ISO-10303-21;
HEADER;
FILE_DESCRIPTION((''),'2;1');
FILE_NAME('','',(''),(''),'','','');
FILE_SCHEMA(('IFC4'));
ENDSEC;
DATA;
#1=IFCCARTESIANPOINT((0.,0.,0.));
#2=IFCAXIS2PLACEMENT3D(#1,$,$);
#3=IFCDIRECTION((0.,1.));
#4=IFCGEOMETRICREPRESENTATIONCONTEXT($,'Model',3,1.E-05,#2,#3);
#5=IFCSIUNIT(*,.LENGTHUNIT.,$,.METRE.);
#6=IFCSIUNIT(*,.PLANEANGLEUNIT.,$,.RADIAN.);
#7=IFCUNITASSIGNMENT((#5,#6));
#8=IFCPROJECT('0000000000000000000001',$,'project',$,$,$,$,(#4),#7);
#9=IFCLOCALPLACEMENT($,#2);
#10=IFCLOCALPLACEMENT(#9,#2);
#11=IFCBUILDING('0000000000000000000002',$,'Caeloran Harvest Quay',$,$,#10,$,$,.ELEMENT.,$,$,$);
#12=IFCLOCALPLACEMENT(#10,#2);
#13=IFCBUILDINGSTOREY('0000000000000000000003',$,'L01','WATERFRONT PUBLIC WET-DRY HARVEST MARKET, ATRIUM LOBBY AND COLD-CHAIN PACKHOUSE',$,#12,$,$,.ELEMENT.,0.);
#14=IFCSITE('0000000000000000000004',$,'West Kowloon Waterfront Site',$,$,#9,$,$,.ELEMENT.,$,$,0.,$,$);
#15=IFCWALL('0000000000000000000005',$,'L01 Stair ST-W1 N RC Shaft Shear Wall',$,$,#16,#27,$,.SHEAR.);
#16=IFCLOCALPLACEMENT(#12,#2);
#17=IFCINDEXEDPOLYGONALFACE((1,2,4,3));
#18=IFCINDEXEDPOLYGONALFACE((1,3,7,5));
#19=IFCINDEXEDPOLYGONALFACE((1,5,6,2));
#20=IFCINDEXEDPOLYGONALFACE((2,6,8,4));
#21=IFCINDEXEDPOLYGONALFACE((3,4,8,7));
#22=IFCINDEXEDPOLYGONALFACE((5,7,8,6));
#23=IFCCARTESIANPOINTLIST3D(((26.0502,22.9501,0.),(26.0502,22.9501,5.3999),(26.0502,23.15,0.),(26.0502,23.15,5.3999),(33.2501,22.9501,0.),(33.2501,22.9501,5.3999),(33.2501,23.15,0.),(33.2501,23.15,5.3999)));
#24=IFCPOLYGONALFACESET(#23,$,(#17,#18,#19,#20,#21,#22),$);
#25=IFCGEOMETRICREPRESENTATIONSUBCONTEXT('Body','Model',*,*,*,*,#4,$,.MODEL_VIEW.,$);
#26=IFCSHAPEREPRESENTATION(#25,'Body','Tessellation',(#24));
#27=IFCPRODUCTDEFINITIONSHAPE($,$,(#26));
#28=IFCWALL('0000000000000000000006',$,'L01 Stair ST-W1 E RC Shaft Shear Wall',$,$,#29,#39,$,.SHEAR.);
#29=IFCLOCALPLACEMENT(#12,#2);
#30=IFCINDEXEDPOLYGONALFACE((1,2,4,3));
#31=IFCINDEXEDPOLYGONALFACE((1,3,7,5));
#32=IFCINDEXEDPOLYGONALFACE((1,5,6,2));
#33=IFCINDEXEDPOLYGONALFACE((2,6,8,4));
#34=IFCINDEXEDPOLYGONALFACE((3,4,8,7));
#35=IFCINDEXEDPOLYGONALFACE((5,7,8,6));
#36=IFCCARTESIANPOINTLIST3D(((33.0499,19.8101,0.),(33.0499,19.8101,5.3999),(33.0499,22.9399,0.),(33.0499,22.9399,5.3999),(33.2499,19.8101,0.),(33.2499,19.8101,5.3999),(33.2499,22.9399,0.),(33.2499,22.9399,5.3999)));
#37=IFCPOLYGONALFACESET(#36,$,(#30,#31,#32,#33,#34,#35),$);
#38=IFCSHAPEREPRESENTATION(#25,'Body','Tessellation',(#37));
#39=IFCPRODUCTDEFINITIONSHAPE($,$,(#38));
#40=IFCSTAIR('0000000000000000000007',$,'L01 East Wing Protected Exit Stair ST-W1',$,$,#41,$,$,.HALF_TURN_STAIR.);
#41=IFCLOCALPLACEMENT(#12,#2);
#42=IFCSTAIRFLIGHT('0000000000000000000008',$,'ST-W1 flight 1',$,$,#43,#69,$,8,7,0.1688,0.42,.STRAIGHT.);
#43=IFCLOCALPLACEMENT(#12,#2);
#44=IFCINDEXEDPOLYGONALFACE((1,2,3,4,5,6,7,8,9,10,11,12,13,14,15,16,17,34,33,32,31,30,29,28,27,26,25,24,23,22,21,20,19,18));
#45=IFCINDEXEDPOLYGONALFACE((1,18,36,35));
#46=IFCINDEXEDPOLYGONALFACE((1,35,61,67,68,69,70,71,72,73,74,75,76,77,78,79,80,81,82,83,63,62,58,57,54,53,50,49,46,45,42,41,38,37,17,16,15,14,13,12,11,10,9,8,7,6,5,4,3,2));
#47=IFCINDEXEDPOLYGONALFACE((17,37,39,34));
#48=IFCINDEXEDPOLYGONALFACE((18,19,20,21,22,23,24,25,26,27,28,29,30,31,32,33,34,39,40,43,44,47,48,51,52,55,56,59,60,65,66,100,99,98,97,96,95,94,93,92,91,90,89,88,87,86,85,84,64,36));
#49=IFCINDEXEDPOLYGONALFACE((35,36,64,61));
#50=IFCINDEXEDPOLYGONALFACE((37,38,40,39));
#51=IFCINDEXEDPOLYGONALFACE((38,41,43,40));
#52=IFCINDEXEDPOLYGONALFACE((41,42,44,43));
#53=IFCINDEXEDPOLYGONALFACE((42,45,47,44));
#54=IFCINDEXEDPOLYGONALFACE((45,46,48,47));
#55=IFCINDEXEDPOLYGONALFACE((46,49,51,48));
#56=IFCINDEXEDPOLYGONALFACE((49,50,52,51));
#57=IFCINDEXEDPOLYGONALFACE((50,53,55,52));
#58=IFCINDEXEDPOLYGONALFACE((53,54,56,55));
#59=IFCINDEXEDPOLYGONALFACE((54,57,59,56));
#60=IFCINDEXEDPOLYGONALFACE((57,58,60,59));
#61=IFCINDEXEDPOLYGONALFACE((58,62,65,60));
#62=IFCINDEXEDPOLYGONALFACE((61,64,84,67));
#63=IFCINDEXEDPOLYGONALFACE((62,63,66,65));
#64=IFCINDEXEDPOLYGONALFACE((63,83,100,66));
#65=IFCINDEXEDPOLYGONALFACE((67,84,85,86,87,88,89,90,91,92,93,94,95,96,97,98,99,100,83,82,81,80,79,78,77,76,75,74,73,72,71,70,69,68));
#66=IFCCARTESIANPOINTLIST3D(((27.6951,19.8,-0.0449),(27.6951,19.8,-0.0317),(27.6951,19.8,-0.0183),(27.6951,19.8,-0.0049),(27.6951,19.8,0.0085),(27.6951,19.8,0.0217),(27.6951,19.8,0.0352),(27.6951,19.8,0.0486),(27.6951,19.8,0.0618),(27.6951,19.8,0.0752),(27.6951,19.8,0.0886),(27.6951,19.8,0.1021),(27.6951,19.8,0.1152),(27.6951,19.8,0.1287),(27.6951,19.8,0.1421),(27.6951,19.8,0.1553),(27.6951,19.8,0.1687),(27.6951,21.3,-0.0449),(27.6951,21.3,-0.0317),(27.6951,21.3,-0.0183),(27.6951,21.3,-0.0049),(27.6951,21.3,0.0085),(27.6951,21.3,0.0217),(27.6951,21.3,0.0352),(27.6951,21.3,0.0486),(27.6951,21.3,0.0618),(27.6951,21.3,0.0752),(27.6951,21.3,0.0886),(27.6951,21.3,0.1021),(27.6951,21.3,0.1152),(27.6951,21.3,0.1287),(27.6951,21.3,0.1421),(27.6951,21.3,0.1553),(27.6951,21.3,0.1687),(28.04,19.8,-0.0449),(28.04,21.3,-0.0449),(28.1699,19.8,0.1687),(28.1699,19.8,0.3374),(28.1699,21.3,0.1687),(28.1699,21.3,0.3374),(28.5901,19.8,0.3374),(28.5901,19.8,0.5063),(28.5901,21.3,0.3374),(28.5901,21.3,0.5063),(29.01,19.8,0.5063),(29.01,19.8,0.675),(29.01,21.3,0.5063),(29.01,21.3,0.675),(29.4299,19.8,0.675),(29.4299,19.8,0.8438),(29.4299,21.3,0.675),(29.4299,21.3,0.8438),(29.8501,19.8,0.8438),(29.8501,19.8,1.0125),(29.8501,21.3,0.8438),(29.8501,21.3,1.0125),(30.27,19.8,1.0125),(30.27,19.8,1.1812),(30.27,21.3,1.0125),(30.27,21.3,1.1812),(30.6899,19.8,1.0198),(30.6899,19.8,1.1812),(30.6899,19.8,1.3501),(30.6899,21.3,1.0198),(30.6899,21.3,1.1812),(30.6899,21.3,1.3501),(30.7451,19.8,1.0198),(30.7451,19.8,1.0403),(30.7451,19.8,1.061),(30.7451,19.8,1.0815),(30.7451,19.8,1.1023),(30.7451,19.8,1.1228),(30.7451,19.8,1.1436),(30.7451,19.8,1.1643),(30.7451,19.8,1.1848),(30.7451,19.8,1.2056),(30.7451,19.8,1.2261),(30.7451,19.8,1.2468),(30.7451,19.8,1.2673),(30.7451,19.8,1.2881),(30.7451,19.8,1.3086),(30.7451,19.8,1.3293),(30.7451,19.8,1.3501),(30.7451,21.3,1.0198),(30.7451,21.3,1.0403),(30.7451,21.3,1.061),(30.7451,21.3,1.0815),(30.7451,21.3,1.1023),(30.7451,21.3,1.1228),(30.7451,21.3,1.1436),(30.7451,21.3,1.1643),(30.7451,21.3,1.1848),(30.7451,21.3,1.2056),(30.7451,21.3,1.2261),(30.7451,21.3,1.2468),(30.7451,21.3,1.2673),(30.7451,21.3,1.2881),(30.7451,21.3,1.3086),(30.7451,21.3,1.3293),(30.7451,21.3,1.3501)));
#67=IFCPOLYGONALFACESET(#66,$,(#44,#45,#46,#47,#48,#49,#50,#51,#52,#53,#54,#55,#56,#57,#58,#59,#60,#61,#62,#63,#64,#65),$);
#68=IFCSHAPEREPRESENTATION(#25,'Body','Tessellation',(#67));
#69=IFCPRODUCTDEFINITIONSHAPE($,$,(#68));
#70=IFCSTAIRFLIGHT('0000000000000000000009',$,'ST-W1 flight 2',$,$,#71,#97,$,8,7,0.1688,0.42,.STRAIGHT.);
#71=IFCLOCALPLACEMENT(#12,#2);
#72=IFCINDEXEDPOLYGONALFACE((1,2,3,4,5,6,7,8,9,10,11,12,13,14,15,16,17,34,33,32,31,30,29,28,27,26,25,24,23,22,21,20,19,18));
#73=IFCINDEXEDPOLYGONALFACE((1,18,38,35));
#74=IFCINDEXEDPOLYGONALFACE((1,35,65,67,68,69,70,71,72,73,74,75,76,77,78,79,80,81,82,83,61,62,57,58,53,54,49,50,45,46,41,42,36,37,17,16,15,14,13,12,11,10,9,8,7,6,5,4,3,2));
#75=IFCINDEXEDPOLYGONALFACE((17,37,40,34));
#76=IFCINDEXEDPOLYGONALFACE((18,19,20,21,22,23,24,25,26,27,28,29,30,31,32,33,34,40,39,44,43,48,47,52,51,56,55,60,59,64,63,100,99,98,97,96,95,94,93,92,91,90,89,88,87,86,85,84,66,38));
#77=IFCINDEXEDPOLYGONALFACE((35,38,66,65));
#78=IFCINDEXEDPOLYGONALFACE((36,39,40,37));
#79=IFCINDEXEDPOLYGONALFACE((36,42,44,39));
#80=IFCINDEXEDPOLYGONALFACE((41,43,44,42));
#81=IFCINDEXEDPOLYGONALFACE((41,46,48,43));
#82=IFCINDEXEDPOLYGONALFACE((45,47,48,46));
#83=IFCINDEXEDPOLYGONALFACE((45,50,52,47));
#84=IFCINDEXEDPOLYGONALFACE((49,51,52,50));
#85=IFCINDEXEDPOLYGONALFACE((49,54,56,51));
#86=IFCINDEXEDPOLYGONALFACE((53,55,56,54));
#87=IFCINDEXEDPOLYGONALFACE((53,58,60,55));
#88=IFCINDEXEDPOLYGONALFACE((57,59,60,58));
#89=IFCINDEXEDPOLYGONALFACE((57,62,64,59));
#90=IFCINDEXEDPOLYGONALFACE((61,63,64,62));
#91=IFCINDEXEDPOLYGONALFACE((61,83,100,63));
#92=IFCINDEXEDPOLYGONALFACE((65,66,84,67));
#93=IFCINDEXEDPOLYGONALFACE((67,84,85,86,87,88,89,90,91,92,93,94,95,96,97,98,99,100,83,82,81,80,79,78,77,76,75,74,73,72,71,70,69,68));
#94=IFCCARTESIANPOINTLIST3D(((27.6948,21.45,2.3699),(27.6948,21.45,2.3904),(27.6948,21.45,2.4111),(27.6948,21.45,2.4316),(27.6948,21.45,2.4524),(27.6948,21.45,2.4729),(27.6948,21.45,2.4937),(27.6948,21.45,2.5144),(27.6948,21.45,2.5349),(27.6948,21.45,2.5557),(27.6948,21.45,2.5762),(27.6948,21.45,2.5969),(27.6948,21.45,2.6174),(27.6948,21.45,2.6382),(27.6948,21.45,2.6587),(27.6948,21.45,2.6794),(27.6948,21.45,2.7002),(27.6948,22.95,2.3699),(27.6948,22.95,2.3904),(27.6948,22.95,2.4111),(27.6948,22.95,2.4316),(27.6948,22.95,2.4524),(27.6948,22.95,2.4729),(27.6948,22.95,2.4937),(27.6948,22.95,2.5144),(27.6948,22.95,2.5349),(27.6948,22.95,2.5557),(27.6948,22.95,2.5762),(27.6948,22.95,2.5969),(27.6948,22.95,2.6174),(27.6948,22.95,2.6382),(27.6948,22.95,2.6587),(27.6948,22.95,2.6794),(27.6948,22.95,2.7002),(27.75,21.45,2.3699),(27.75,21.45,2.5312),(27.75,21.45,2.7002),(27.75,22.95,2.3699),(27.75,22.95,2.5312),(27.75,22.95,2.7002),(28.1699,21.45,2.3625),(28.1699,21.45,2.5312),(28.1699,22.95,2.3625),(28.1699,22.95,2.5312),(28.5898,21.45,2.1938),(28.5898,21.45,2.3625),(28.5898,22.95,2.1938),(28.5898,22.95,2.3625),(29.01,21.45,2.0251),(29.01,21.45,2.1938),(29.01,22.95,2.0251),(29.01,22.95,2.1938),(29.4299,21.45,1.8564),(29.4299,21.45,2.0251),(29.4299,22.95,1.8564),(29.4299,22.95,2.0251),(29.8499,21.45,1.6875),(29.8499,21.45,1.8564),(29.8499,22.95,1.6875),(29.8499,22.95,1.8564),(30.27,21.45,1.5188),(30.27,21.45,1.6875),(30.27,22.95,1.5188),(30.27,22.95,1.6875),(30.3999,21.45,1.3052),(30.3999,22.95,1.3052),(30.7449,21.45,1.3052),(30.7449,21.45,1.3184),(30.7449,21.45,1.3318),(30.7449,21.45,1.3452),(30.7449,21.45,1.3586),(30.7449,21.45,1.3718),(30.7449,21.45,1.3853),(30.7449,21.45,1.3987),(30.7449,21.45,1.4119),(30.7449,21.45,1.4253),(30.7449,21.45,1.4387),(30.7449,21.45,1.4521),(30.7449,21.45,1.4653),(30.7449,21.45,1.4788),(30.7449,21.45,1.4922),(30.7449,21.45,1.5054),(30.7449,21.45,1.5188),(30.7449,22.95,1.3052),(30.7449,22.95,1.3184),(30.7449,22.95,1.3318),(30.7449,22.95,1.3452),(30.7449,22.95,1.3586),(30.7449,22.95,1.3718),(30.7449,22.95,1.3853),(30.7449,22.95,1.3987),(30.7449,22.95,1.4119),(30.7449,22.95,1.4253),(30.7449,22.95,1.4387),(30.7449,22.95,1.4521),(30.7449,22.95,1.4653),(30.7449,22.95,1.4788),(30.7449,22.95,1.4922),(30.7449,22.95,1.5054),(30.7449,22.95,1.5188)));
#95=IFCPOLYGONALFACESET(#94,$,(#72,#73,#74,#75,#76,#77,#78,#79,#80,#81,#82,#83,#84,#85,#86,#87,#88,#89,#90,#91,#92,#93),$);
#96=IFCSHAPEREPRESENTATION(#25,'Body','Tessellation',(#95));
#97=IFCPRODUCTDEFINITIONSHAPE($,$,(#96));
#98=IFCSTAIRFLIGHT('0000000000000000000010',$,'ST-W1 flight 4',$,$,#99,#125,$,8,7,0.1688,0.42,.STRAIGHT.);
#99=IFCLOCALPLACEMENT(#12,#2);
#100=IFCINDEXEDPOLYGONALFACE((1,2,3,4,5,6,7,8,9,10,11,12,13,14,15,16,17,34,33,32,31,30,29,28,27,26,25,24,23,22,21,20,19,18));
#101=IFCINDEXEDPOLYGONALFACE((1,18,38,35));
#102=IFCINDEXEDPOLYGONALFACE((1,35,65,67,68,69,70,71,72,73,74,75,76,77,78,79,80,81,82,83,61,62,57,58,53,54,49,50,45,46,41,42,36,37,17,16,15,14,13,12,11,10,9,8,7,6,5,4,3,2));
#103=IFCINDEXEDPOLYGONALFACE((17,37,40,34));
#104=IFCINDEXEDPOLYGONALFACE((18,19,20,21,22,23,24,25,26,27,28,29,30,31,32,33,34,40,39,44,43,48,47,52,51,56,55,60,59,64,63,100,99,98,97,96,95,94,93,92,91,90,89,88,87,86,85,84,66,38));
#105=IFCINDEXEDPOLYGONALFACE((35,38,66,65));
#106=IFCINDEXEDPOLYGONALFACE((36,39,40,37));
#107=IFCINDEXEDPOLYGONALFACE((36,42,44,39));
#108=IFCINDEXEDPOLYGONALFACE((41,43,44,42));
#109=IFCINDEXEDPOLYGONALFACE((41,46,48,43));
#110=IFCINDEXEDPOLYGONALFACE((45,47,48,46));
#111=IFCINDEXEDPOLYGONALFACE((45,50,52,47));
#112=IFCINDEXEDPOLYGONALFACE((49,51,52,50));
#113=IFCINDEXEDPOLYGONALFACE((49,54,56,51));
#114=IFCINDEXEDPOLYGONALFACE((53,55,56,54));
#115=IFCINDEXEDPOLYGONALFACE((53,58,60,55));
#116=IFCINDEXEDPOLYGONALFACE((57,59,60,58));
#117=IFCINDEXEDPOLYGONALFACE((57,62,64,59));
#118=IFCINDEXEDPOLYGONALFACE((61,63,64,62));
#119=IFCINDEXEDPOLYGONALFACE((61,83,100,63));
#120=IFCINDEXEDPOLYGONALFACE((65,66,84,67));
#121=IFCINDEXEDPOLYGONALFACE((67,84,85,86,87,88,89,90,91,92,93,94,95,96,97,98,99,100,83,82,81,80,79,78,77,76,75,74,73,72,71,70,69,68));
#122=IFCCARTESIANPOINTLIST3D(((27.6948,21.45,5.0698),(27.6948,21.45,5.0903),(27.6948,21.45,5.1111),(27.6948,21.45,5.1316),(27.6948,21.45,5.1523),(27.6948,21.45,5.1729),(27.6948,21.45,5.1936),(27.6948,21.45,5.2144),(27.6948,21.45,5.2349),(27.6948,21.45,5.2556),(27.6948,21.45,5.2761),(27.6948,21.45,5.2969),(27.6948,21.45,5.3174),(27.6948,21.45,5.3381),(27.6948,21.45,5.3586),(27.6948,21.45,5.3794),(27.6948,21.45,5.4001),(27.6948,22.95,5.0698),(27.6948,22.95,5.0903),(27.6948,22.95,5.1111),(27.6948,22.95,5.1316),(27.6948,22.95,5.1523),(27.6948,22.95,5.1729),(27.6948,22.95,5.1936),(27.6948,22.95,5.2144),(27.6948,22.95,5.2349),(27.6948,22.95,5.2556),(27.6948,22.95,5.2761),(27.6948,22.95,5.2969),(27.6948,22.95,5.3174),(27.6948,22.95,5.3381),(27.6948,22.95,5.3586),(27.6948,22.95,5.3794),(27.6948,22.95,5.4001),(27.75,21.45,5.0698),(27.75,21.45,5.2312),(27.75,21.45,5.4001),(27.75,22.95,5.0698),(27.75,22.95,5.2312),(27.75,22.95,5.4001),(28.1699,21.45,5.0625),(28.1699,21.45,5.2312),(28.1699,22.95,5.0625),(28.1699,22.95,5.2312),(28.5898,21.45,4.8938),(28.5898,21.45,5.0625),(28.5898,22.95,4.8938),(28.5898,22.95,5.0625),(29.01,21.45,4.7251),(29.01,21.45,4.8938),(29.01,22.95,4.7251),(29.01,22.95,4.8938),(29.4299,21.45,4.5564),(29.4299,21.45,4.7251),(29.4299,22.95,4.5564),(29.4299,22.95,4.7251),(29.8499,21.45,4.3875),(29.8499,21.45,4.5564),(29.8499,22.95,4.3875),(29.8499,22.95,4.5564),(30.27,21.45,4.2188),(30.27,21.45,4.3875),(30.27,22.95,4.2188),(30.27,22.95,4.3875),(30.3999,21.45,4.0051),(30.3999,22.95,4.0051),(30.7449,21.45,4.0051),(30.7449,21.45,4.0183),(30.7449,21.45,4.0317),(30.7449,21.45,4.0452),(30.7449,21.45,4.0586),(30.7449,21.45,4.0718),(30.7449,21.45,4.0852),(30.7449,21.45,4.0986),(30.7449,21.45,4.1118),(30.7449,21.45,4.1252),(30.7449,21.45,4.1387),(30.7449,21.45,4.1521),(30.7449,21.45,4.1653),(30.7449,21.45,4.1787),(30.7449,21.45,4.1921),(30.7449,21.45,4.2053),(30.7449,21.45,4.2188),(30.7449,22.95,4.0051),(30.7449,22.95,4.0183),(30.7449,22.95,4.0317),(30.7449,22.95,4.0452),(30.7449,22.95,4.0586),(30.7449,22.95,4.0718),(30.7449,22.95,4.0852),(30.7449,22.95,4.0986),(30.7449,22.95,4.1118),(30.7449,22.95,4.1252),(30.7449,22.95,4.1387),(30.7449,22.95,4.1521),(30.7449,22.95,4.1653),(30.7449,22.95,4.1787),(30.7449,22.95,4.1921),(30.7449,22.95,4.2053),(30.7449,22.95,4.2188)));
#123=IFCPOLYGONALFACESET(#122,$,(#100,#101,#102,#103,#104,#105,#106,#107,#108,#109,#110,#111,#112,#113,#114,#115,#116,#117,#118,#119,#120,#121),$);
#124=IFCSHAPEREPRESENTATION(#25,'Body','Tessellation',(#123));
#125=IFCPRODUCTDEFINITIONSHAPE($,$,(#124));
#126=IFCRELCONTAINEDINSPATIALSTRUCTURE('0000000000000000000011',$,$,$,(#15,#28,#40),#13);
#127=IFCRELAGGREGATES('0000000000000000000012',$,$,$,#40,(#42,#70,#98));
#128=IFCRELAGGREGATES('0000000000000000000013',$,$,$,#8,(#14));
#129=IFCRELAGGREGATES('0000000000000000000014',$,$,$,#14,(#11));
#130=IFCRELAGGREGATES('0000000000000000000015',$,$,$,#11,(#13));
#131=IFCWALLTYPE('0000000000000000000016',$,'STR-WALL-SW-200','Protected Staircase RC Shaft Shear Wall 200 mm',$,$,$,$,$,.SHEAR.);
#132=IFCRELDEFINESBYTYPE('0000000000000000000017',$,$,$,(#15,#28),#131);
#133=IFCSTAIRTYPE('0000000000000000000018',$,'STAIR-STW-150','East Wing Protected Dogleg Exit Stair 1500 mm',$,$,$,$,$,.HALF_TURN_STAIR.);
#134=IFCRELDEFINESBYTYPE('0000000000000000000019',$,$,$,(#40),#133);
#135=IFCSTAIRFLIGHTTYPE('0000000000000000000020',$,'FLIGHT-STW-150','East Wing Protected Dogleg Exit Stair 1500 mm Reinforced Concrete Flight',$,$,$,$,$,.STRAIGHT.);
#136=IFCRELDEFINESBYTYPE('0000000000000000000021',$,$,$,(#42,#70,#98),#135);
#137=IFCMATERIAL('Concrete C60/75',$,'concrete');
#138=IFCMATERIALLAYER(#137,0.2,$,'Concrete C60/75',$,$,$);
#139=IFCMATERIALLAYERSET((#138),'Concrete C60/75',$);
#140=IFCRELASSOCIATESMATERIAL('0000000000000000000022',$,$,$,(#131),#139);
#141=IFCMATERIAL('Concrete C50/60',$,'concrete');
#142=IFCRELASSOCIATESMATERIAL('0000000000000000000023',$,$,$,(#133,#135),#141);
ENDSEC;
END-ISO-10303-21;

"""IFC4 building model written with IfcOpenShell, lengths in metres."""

from ifc_helpers import new_model, si_unit, direction, frame, frame_2d, origin, place, context, subcontext, project, spatial, polyline, rectangle, outline, extrude, material, layer, layer_set, type_object, element, aggregate, save


model = new_model("IFC4")

# Units and contexts
model_context = context("Model", 3, precision=1e-05, world=origin(), true_north=direction((0.0, 1.0)))
body_context = subcontext(model_context, "Body", "Model", "MODEL_VIEW")
ifc_project = project(units=[si_unit("LENGTHUNIT", "METRE"), si_unit("PLANEANGLEUNIT", "RADIAN")], contexts=[model_context])

# Site, building, storey
site_placement = place(None, origin())
site = spatial("IfcSite", under=ifc_project, at=site_placement, Name="West Kowloon Waterfront Site", CompositionType="ELEMENT", RefElevation=0.0)
building_placement = place(site_placement, origin())
building = spatial("IfcBuilding", under=site, at=building_placement, Name="Caeloran Harvest Quay", CompositionType="ELEMENT")
storey_placement = place(building_placement, origin())
storey = spatial("IfcBuildingStorey", under=building, at=storey_placement, Name="L01", Description="WATERFRONT PUBLIC WET-DRY HARVEST MARKET, ATRIUM LOBBY AND COLD-CHAIN PACKHOUSE", CompositionType="ELEMENT", Elevation=0.0)

# Walls
ifc_material_1 = material(Name="Concrete C60/75", Category="concrete")
ifc_layer_1 = layer(ifc_material_1, 0.2, Name="Concrete C60/75")
ifc_layer_set_1 = layer_set([ifc_layer_1], Name="Concrete C60/75")
wall_type = type_object("IfcWallType", Name="STR-WALL-SW-200", Description="Protected Staircase RC Shaft Shear Wall 200 mm", PredefinedType="SHEAR", material=ifc_layer_set_1)
wall_1_placement = place(storey_placement, frame((26.05, 23.05, 0.0), z_axis=(0.0, 0.0, 1.0), x_axis=(1.0, 0.0, 0.0)))
element("IfcWall", 1, at=wall_1_placement, inside=storey, type_object=wall_type, Name="L01 Stair ST-W1 N RC Shaft Shear Wall", PredefinedType="SHEAR", context=body_context, shape_type="SweptSolid", body=[
    extrude(rectangle(XDim=7.2, YDim=0.2, at=frame_2d((3.6001, 0.0))), origin(), (0.0, 0.0, 1.0), 5.3999),
])
wall_2_placement = place(storey_placement, frame((33.1499, 19.8101, 0.0), z_axis=(0.0, 0.0, 1.0), x_axis=(0.0, 1.0, 0.0)))
element("IfcWall", 2, at=wall_2_placement, inside=storey, type_object=wall_type, Name="L01 Stair ST-W1 E RC Shaft Shear Wall", PredefinedType="SHEAR", context=body_context, shape_type="SweptSolid", body=[
    extrude(rectangle(XDim=3.1299, YDim=0.2, at=frame_2d((1.5649, 0.0))), origin(), (0.0, 0.0, 1.0), 5.3999),
])

# Stair, stair flights
ifc_material_2 = material(Name="Concrete C50/60", Category="concrete")
stair_type = type_object("IfcStairType", Name="STAIR-STW-150", Description="East Wing Protected Dogleg Exit Stair 1500 mm", PredefinedType="HALF_TURN_STAIR", material=ifc_material_2)
stair_placement = place(storey_placement, origin())
stair = element("IfcStair", 3, at=stair_placement, inside=storey, type_object=stair_type, Name="L01 East Wing Protected Exit Stair ST-W1", PredefinedType="HALF_TURN_STAIR")
stair_flight_type = type_object("IfcStairFlightType", Name="FLIGHT-STW-150", Description="East Wing Protected Dogleg Exit Stair 1500 mm Reinforced Concrete Flight", PredefinedType="STRAIGHT", material=ifc_material_2)
stair_flight_1_placement = place(storey_placement, frame((27.75, 20.55, 0.0), z_axis=(0.0, 0.0, 1.0), x_axis=(1.0, 0.0, 0.0)))
stair_flight_1 = element("IfcStairFlight", 4, at=stair_flight_1_placement, type_object=stair_flight_type, Name="ST-W1 flight 1", NumberOfRisers=8, NumberOfTreads=7, PredefinedType="STRAIGHT", RiserHeight=0.1688, TreadLength=0.42, context=body_context, shape_type="SweptSolid", body=[
    extrude(outline(polyline([(-0.0549, -0.0449), (-0.0549, -0.0317), (-0.0549, -0.0183), (-0.0549, -0.0049), (-0.0549, 0.0085), (-0.0549, 0.0217), (-0.0549, 0.0352), (-0.0549, 0.0486), (-0.0549, 0.0618), (-0.0549, 0.0752), (-0.0549, 0.0886), (-0.0549, 0.1021), (-0.0549, 0.1152), (-0.0549, 0.1287), (-0.0549, 0.1421), (-0.0549, 0.1553), (-0.0549, 0.1687), (0.4199, 0.1687), (0.4199, 0.3374), (0.8401, 0.3374), (0.8401, 0.5063), (1.26, 0.5063), (1.26, 0.675), (1.6799, 0.675), (1.6799, 0.8438), (2.1001, 0.8438), (2.1001, 1.0125), (2.52, 1.0125), (2.52, 1.1812), (2.9399, 1.1812), (2.9399, 1.3501), (2.9951, 1.3501), (2.9951, 1.3293), (2.9951, 1.3086), (2.9951, 1.2881), (2.9951, 1.2673), (2.9951, 1.2468), (2.9951, 1.2261), (2.9951, 1.2056), (2.9951, 1.1848), (2.9951, 1.1643), (2.9951, 1.1436), (2.9951, 1.1228), (2.9951, 1.1023), (2.9951, 1.0815), (2.9951, 1.061), (2.9951, 1.0403), (2.9951, 1.0198), (2.9399, 1.0198), (0.29, -0.0449), (-0.0549, -0.0449)])), frame((0.0, 0.75, 0.0), z_axis=(0.0, -1.0, 0.0), x_axis=(1.0, 0.0, 0.0)), (0.0, 0.0, 1.0), 1.5),
])
stair_flight_2_placement = place(storey_placement, frame((30.6899, 22.2, 1.3501), z_axis=(0.0, 0.0, 1.0), x_axis=(-1.0, 0.0, 0.0)))
stair_flight_2 = element("IfcStairFlight", 5, at=stair_flight_2_placement, type_object=stair_flight_type, Name="ST-W1 flight 2", NumberOfRisers=8, NumberOfTreads=7, PredefinedType="STRAIGHT", RiserHeight=0.1688, TreadLength=0.42, context=body_context, shape_type="SweptSolid", body=[
    extrude(outline(polyline([(-0.0549, -0.0449), (-0.0549, -0.0317), (-0.0549, -0.0183), (-0.0549, -0.0049), (-0.0549, 0.0085), (-0.0549, 0.0217), (-0.0549, 0.0352), (-0.0549, 0.0486), (-0.0549, 0.0618), (-0.0549, 0.0752), (-0.0549, 0.0886), (-0.0549, 0.1021), (-0.0549, 0.1152), (-0.0549, 0.1287), (-0.0549, 0.1421), (-0.0549, 0.1553), (-0.0549, 0.1687), (0.4199, 0.1687), (0.4199, 0.3374), (0.8401, 0.3374), (0.8401, 0.5063), (1.26, 0.5063), (1.26, 0.675), (1.6799, 0.675), (1.6799, 0.8438), (2.1001, 0.8438), (2.1001, 1.0125), (2.52, 1.0125), (2.52, 1.1812), (2.9399, 1.1812), (2.9399, 1.3501), (2.9951, 1.3501), (2.9951, 1.3293), (2.9951, 1.3086), (2.9951, 1.2881), (2.9951, 1.2673), (2.9951, 1.2468), (2.9951, 1.2261), (2.9951, 1.2056), (2.9951, 1.1848), (2.9951, 1.1643), (2.9951, 1.1436), (2.9951, 1.1228), (2.9951, 1.1023), (2.9951, 1.0815), (2.9951, 1.061), (2.9951, 1.0403), (2.9951, 1.0198), (2.9399, 1.0198), (0.29, -0.0449), (-0.0549, -0.0449)])), frame((0.0, 0.75, 0.0), z_axis=(0.0, -1.0, 0.0), x_axis=(1.0, 0.0, 0.0)), (0.0, 0.0, 1.0), 1.5),
])
stair_flight_3_placement = place(storey_placement, frame((30.6899, 22.2, 4.05), z_axis=(0.0, 0.0, 1.0), x_axis=(-1.0, 0.0, 0.0)))
stair_flight_3 = element("IfcStairFlight", 6, at=stair_flight_3_placement, type_object=stair_flight_type, Name="ST-W1 flight 4", NumberOfRisers=8, NumberOfTreads=7, PredefinedType="STRAIGHT", RiserHeight=0.1688, TreadLength=0.42, context=body_context, shape_type="SweptSolid", body=[
    extrude(outline(polyline([(-0.0549, -0.0449), (-0.0549, -0.0317), (-0.0549, -0.0183), (-0.0549, -0.0049), (-0.0549, 0.0085), (-0.0549, 0.0217), (-0.0549, 0.0352), (-0.0549, 0.0486), (-0.0549, 0.0618), (-0.0549, 0.0752), (-0.0549, 0.0886), (-0.0549, 0.1021), (-0.0549, 0.1152), (-0.0549, 0.1287), (-0.0549, 0.1421), (-0.0549, 0.1553), (-0.0549, 0.1687), (0.4199, 0.1687), (0.4199, 0.3374), (0.8401, 0.3374), (0.8401, 0.5063), (1.26, 0.5063), (1.26, 0.675), (1.6799, 0.675), (1.6799, 0.8438), (2.1001, 0.8438), (2.1001, 1.0125), (2.52, 1.0125), (2.52, 1.1812), (2.9399, 1.1812), (2.9399, 1.3501), (2.9951, 1.3501), (2.9951, 1.3293), (2.9951, 1.3086), (2.9951, 1.2881), (2.9951, 1.2673), (2.9951, 1.2468), (2.9951, 1.2261), (2.9951, 1.2056), (2.9951, 1.1848), (2.9951, 1.1643), (2.9951, 1.1436), (2.9951, 1.1228), (2.9951, 1.1023), (2.9951, 1.0815), (2.9951, 1.061), (2.9951, 1.0403), (2.9951, 1.0198), (2.9399, 1.0198), (0.29, -0.0449), (-0.0549, -0.0449)])), frame((0.0, 0.75, 0.0), z_axis=(0.0, -1.0, 0.0), x_axis=(1.0, 0.0, 0.0)), (0.0, 0.0, 1.0), 1.5),
])
aggregate(stair, [stair_flight_1, stair_flight_2, stair_flight_3])

save(model, "model.ifc")
